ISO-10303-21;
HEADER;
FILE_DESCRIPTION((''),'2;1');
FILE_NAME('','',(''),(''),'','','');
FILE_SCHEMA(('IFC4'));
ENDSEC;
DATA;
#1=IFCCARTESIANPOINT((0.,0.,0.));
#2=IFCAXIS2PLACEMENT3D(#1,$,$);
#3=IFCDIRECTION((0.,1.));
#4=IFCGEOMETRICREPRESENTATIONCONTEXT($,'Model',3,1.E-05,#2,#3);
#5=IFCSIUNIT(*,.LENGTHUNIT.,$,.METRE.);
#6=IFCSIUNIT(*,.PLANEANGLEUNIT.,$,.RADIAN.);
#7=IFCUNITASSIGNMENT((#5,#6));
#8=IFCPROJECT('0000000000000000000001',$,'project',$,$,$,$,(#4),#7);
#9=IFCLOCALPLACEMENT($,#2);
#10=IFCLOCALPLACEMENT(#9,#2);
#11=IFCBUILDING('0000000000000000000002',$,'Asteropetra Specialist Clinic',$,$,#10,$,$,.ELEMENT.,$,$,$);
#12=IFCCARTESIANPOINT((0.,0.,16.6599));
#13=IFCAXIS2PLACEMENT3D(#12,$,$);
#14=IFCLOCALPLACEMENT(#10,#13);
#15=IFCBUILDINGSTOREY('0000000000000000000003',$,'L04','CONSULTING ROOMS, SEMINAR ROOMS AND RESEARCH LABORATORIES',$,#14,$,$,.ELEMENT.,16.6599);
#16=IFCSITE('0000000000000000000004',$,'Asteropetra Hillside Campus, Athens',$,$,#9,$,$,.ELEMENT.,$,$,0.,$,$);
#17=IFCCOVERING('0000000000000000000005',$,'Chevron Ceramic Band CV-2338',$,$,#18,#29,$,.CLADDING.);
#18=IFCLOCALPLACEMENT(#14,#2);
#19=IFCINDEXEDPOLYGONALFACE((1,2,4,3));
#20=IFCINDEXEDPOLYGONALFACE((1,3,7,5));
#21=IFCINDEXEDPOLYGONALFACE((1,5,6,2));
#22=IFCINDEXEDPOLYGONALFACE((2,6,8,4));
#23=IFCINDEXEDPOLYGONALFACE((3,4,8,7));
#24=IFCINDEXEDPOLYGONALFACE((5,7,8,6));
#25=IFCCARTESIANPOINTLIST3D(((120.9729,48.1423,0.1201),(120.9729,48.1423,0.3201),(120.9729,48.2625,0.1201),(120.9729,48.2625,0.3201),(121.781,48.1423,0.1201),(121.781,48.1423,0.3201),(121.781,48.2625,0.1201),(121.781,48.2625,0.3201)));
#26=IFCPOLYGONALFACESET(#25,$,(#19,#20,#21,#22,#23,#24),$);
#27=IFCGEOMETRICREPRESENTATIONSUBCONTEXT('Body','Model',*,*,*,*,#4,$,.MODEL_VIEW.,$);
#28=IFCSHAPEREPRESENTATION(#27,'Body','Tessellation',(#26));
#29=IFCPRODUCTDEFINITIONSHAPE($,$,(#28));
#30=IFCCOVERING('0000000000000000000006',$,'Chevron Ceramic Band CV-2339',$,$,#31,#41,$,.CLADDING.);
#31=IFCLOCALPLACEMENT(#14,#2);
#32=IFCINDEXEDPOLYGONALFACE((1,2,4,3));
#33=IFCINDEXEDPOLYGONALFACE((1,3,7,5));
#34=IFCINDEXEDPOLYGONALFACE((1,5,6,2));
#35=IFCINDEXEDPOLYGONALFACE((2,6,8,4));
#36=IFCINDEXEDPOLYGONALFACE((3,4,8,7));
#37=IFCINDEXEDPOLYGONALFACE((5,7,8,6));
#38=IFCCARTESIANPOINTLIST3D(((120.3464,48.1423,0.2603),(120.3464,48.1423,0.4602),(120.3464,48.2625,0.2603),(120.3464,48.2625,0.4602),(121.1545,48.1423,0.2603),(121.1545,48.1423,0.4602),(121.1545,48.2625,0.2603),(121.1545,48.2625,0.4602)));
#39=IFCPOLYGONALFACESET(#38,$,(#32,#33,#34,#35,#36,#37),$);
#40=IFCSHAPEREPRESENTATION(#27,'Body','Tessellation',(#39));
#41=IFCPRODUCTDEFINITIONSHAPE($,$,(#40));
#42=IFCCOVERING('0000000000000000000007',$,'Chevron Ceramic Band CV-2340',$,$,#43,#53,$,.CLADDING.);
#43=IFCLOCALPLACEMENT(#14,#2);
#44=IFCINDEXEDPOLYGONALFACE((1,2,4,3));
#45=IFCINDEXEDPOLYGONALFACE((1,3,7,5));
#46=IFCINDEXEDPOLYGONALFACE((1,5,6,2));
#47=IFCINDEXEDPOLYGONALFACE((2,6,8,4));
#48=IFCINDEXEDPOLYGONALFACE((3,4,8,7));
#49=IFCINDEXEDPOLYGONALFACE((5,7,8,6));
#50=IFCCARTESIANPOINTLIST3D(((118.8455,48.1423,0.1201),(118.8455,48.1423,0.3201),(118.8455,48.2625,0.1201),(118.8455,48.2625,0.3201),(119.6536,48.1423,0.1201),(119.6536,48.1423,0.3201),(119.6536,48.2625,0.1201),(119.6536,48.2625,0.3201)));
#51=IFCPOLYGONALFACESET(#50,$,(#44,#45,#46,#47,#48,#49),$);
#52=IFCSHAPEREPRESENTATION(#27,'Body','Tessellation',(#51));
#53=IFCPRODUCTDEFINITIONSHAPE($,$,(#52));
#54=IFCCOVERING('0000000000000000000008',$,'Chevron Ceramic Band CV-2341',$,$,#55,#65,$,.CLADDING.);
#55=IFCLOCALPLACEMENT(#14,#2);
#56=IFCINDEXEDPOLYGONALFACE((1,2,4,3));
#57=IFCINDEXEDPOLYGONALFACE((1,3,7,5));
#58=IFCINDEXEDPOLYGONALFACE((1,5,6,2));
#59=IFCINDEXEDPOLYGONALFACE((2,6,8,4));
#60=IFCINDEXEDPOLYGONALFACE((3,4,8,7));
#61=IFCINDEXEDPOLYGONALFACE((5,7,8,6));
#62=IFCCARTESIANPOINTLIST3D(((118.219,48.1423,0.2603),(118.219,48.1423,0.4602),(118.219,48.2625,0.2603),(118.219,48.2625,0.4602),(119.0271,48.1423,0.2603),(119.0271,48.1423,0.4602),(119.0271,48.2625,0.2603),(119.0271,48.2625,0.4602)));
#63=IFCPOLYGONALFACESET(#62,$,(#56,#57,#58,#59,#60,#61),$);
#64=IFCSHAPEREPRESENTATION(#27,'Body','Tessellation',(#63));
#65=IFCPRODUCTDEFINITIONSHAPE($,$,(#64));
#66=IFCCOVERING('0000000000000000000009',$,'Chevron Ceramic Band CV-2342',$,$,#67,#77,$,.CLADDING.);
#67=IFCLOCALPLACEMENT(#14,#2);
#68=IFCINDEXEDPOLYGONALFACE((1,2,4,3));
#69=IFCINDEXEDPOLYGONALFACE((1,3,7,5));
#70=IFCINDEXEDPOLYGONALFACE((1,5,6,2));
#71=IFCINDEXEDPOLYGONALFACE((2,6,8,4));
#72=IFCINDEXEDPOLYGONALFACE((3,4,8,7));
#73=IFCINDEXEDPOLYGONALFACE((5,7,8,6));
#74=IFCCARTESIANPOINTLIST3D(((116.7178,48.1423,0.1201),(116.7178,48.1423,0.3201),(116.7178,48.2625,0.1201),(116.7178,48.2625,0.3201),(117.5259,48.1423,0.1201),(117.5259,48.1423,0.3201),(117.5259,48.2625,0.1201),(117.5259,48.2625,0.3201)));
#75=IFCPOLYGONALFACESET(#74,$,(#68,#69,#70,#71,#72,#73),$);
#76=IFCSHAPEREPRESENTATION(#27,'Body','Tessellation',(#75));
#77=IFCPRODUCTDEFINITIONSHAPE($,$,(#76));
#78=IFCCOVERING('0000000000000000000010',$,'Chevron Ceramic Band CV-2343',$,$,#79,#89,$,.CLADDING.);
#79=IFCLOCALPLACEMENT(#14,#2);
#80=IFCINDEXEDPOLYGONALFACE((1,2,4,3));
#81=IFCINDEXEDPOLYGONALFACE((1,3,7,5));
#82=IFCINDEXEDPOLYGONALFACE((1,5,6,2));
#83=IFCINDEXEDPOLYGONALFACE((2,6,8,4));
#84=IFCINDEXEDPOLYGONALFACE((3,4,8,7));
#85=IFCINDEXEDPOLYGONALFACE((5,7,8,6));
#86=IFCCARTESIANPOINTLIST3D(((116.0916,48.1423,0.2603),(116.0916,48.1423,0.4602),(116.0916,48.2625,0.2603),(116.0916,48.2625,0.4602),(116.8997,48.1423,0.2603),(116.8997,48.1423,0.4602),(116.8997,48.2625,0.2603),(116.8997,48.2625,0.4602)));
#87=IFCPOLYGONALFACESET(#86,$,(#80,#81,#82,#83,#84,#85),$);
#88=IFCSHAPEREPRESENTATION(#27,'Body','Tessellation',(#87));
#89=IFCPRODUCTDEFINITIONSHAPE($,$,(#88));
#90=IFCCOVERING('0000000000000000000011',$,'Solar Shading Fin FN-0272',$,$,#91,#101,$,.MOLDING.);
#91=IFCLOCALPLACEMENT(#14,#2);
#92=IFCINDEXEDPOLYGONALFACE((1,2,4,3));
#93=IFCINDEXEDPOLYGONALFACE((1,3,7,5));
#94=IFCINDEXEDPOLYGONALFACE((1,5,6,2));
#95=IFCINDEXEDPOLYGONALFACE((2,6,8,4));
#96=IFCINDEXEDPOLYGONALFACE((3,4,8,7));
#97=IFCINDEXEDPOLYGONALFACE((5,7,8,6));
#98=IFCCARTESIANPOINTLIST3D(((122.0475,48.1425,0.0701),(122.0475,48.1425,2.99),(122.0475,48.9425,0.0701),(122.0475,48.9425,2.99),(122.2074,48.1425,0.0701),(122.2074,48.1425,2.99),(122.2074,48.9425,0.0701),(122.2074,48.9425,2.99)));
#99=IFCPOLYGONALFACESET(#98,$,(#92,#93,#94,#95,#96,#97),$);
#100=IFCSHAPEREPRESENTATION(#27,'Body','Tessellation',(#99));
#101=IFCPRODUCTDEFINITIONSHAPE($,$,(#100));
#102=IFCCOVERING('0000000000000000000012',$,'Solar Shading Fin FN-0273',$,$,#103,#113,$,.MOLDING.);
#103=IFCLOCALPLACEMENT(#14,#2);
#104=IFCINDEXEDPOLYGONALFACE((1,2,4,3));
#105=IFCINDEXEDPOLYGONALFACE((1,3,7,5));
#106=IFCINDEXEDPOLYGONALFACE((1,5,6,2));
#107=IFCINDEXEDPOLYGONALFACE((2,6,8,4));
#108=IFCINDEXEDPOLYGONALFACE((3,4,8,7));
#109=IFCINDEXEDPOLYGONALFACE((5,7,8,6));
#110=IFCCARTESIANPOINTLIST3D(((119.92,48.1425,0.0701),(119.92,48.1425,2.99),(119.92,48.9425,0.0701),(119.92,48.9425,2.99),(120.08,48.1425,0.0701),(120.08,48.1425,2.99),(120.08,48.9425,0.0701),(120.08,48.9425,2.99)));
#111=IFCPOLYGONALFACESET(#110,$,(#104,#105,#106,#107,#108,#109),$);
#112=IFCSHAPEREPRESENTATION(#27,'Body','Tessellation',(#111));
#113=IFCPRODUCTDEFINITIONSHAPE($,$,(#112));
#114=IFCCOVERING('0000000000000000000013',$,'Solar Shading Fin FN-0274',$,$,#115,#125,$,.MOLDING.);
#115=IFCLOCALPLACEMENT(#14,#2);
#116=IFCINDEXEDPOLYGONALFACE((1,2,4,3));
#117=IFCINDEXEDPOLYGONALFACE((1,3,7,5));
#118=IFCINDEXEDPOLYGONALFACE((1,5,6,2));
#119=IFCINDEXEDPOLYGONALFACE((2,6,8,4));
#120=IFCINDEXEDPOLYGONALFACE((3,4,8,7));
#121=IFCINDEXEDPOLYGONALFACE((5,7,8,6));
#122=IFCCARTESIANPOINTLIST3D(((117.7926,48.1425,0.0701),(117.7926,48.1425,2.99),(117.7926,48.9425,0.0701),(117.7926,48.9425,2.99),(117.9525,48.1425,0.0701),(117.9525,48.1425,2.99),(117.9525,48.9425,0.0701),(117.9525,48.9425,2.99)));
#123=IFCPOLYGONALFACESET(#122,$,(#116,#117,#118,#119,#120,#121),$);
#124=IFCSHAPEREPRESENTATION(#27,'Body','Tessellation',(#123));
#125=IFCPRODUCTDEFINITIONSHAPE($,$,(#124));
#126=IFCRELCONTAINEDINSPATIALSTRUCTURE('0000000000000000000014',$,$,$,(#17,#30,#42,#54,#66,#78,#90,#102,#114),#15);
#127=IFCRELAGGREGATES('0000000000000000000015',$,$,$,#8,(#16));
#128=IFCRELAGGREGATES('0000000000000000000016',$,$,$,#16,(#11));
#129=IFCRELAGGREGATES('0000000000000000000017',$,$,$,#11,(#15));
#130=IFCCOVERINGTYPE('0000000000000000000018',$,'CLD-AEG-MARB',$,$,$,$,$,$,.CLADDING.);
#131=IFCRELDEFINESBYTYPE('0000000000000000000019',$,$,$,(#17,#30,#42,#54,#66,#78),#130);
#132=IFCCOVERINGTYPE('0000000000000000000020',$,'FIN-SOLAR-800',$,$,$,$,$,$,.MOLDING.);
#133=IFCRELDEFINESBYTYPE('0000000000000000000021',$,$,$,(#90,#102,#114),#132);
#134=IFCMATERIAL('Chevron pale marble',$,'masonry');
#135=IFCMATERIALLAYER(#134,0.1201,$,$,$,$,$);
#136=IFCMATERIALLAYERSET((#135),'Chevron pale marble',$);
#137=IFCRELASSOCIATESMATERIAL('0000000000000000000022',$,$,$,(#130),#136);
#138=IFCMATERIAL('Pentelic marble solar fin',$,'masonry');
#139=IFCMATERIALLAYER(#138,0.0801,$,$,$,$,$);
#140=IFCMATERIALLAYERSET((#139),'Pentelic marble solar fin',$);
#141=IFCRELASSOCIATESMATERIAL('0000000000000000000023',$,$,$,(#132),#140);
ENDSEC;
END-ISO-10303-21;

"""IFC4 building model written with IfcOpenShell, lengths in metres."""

from ifc_helpers import new_model, si_unit, direction, frame, origin, origin_2d, place, context, subcontext, project, spatial, rectangle, extrude, material, layer, layer_set, type_object, element, save


model = new_model("IFC4")

# Units and contexts
model_context = context("Model", 3, precision=1e-05, world=origin(), true_north=direction((0.0, 1.0)))
body_context = subcontext(model_context, "Body", "Model", "MODEL_VIEW")
ifc_project = project(units=[si_unit("LENGTHUNIT", "METRE"), si_unit("PLANEANGLEUNIT", "RADIAN")], contexts=[model_context])

# Site, building, storey
site_placement = place(None, origin())
site = spatial("IfcSite", under=ifc_project, at=site_placement, Name="Asteropetra Hillside Campus, Athens", CompositionType="ELEMENT", RefElevation=0.0)
building_placement = place(site_placement, origin())
building = spatial("IfcBuilding", under=site, at=building_placement, Name="Asteropetra Specialist Clinic", CompositionType="ELEMENT")
storey_placement = place(building_placement, frame((0.0, 0.0, 16.6599)))
storey = spatial("IfcBuildingStorey", under=building, at=storey_placement, Name="L04", Description="CONSULTING ROOMS, SEMINAR ROOMS AND RESEARCH LABORATORIES", CompositionType="ELEMENT", Elevation=16.6599)

# Coverings
ifc_material_1 = material(Name="Chevron pale marble", Category="masonry")
ifc_layer_1 = layer(ifc_material_1, 0.1201)
ifc_layer_set_1 = layer_set([ifc_layer_1], Name="Chevron pale marble")
covering_type_1 = type_object("IfcCoveringType", Name="CLD-AEG-MARB", PredefinedType="CLADDING", material=ifc_layer_set_1)
for number, where, z_axis, x_axis, name in (
    (1, (121.377, 48.2024, 0.1201), (0.0, 0.0, 1.0), (1.0, 0.0, 0.0), "Chevron Ceramic Band CV-2338"),
    (2, (120.7505, 48.2024, 0.2603), (0.0, 0.0, 1.0), (1.0, 0.0, 0.0), "Chevron Ceramic Band CV-2339"),
    (3, (119.2495, 48.2024, 0.1201), (0.0, 0.0, 1.0), (1.0, 0.0, 0.0), "Chevron Ceramic Band CV-2340"),
    (4, (118.623, 48.2024, 0.2603), (0.0, 0.0, 1.0), (1.0, 0.0, 0.0), "Chevron Ceramic Band CV-2341"),
    (5, (117.1218, 48.2024, 0.1201), (0.0, 0.0, 1.0), (1.0, 0.0, 0.0), "Chevron Ceramic Band CV-2342"),
    (6, (116.4956, 48.2024, 0.2603), (0.0, 0.0, 1.0), (1.0, 0.0, 0.0), "Chevron Ceramic Band CV-2343"),
):
    element("IfcCovering", number, at=place(storey_placement, frame(where, z_axis=z_axis, x_axis=x_axis)), inside=storey, type_object=covering_type_1, Name=name, PredefinedType="CLADDING", context=body_context, shape_type="SweptSolid", body=[
        extrude(rectangle(XDim=0.8081, YDim=0.1201, at=origin_2d()), origin(), (0.0, 0.0, 1.0), 0.2),
    ])
ifc_material_2 = material(Name="Pentelic marble solar fin", Category="masonry")
ifc_layer_2 = layer(ifc_material_2, 0.0801)
ifc_layer_set_2 = layer_set([ifc_layer_2], Name="Pentelic marble solar fin")
covering_type_2 = type_object("IfcCoveringType", Name="FIN-SOLAR-800", PredefinedType="MOLDING", material=ifc_layer_set_2)
for number, where, z_axis, x_axis, name in (
    (7, (122.1274, 48.5425, 0.0701), (0.0, 0.0, 1.0), (1.0, 0.0, 0.0), "Solar Shading Fin FN-0272"),
    (8, (120.0, 48.5425, 0.0701), (0.0, 0.0, 1.0), (1.0, 0.0, 0.0), "Solar Shading Fin FN-0273"),
    (9, (117.8726, 48.5425, 0.0701), (0.0, 0.0, 1.0), (1.0, 0.0, 0.0), "Solar Shading Fin FN-0274"),
):
    element("IfcCovering", number, at=place(storey_placement, frame(where, z_axis=z_axis, x_axis=x_axis)), inside=storey, type_object=covering_type_2, Name=name, PredefinedType="MOLDING", context=body_context, shape_type="SweptSolid", body=[
        extrude(rectangle(XDim=0.1599, YDim=0.8, at=origin_2d()), origin(), (0.0, 0.0, 1.0), 2.9199),
    ])

save(model, "model.ifc")
